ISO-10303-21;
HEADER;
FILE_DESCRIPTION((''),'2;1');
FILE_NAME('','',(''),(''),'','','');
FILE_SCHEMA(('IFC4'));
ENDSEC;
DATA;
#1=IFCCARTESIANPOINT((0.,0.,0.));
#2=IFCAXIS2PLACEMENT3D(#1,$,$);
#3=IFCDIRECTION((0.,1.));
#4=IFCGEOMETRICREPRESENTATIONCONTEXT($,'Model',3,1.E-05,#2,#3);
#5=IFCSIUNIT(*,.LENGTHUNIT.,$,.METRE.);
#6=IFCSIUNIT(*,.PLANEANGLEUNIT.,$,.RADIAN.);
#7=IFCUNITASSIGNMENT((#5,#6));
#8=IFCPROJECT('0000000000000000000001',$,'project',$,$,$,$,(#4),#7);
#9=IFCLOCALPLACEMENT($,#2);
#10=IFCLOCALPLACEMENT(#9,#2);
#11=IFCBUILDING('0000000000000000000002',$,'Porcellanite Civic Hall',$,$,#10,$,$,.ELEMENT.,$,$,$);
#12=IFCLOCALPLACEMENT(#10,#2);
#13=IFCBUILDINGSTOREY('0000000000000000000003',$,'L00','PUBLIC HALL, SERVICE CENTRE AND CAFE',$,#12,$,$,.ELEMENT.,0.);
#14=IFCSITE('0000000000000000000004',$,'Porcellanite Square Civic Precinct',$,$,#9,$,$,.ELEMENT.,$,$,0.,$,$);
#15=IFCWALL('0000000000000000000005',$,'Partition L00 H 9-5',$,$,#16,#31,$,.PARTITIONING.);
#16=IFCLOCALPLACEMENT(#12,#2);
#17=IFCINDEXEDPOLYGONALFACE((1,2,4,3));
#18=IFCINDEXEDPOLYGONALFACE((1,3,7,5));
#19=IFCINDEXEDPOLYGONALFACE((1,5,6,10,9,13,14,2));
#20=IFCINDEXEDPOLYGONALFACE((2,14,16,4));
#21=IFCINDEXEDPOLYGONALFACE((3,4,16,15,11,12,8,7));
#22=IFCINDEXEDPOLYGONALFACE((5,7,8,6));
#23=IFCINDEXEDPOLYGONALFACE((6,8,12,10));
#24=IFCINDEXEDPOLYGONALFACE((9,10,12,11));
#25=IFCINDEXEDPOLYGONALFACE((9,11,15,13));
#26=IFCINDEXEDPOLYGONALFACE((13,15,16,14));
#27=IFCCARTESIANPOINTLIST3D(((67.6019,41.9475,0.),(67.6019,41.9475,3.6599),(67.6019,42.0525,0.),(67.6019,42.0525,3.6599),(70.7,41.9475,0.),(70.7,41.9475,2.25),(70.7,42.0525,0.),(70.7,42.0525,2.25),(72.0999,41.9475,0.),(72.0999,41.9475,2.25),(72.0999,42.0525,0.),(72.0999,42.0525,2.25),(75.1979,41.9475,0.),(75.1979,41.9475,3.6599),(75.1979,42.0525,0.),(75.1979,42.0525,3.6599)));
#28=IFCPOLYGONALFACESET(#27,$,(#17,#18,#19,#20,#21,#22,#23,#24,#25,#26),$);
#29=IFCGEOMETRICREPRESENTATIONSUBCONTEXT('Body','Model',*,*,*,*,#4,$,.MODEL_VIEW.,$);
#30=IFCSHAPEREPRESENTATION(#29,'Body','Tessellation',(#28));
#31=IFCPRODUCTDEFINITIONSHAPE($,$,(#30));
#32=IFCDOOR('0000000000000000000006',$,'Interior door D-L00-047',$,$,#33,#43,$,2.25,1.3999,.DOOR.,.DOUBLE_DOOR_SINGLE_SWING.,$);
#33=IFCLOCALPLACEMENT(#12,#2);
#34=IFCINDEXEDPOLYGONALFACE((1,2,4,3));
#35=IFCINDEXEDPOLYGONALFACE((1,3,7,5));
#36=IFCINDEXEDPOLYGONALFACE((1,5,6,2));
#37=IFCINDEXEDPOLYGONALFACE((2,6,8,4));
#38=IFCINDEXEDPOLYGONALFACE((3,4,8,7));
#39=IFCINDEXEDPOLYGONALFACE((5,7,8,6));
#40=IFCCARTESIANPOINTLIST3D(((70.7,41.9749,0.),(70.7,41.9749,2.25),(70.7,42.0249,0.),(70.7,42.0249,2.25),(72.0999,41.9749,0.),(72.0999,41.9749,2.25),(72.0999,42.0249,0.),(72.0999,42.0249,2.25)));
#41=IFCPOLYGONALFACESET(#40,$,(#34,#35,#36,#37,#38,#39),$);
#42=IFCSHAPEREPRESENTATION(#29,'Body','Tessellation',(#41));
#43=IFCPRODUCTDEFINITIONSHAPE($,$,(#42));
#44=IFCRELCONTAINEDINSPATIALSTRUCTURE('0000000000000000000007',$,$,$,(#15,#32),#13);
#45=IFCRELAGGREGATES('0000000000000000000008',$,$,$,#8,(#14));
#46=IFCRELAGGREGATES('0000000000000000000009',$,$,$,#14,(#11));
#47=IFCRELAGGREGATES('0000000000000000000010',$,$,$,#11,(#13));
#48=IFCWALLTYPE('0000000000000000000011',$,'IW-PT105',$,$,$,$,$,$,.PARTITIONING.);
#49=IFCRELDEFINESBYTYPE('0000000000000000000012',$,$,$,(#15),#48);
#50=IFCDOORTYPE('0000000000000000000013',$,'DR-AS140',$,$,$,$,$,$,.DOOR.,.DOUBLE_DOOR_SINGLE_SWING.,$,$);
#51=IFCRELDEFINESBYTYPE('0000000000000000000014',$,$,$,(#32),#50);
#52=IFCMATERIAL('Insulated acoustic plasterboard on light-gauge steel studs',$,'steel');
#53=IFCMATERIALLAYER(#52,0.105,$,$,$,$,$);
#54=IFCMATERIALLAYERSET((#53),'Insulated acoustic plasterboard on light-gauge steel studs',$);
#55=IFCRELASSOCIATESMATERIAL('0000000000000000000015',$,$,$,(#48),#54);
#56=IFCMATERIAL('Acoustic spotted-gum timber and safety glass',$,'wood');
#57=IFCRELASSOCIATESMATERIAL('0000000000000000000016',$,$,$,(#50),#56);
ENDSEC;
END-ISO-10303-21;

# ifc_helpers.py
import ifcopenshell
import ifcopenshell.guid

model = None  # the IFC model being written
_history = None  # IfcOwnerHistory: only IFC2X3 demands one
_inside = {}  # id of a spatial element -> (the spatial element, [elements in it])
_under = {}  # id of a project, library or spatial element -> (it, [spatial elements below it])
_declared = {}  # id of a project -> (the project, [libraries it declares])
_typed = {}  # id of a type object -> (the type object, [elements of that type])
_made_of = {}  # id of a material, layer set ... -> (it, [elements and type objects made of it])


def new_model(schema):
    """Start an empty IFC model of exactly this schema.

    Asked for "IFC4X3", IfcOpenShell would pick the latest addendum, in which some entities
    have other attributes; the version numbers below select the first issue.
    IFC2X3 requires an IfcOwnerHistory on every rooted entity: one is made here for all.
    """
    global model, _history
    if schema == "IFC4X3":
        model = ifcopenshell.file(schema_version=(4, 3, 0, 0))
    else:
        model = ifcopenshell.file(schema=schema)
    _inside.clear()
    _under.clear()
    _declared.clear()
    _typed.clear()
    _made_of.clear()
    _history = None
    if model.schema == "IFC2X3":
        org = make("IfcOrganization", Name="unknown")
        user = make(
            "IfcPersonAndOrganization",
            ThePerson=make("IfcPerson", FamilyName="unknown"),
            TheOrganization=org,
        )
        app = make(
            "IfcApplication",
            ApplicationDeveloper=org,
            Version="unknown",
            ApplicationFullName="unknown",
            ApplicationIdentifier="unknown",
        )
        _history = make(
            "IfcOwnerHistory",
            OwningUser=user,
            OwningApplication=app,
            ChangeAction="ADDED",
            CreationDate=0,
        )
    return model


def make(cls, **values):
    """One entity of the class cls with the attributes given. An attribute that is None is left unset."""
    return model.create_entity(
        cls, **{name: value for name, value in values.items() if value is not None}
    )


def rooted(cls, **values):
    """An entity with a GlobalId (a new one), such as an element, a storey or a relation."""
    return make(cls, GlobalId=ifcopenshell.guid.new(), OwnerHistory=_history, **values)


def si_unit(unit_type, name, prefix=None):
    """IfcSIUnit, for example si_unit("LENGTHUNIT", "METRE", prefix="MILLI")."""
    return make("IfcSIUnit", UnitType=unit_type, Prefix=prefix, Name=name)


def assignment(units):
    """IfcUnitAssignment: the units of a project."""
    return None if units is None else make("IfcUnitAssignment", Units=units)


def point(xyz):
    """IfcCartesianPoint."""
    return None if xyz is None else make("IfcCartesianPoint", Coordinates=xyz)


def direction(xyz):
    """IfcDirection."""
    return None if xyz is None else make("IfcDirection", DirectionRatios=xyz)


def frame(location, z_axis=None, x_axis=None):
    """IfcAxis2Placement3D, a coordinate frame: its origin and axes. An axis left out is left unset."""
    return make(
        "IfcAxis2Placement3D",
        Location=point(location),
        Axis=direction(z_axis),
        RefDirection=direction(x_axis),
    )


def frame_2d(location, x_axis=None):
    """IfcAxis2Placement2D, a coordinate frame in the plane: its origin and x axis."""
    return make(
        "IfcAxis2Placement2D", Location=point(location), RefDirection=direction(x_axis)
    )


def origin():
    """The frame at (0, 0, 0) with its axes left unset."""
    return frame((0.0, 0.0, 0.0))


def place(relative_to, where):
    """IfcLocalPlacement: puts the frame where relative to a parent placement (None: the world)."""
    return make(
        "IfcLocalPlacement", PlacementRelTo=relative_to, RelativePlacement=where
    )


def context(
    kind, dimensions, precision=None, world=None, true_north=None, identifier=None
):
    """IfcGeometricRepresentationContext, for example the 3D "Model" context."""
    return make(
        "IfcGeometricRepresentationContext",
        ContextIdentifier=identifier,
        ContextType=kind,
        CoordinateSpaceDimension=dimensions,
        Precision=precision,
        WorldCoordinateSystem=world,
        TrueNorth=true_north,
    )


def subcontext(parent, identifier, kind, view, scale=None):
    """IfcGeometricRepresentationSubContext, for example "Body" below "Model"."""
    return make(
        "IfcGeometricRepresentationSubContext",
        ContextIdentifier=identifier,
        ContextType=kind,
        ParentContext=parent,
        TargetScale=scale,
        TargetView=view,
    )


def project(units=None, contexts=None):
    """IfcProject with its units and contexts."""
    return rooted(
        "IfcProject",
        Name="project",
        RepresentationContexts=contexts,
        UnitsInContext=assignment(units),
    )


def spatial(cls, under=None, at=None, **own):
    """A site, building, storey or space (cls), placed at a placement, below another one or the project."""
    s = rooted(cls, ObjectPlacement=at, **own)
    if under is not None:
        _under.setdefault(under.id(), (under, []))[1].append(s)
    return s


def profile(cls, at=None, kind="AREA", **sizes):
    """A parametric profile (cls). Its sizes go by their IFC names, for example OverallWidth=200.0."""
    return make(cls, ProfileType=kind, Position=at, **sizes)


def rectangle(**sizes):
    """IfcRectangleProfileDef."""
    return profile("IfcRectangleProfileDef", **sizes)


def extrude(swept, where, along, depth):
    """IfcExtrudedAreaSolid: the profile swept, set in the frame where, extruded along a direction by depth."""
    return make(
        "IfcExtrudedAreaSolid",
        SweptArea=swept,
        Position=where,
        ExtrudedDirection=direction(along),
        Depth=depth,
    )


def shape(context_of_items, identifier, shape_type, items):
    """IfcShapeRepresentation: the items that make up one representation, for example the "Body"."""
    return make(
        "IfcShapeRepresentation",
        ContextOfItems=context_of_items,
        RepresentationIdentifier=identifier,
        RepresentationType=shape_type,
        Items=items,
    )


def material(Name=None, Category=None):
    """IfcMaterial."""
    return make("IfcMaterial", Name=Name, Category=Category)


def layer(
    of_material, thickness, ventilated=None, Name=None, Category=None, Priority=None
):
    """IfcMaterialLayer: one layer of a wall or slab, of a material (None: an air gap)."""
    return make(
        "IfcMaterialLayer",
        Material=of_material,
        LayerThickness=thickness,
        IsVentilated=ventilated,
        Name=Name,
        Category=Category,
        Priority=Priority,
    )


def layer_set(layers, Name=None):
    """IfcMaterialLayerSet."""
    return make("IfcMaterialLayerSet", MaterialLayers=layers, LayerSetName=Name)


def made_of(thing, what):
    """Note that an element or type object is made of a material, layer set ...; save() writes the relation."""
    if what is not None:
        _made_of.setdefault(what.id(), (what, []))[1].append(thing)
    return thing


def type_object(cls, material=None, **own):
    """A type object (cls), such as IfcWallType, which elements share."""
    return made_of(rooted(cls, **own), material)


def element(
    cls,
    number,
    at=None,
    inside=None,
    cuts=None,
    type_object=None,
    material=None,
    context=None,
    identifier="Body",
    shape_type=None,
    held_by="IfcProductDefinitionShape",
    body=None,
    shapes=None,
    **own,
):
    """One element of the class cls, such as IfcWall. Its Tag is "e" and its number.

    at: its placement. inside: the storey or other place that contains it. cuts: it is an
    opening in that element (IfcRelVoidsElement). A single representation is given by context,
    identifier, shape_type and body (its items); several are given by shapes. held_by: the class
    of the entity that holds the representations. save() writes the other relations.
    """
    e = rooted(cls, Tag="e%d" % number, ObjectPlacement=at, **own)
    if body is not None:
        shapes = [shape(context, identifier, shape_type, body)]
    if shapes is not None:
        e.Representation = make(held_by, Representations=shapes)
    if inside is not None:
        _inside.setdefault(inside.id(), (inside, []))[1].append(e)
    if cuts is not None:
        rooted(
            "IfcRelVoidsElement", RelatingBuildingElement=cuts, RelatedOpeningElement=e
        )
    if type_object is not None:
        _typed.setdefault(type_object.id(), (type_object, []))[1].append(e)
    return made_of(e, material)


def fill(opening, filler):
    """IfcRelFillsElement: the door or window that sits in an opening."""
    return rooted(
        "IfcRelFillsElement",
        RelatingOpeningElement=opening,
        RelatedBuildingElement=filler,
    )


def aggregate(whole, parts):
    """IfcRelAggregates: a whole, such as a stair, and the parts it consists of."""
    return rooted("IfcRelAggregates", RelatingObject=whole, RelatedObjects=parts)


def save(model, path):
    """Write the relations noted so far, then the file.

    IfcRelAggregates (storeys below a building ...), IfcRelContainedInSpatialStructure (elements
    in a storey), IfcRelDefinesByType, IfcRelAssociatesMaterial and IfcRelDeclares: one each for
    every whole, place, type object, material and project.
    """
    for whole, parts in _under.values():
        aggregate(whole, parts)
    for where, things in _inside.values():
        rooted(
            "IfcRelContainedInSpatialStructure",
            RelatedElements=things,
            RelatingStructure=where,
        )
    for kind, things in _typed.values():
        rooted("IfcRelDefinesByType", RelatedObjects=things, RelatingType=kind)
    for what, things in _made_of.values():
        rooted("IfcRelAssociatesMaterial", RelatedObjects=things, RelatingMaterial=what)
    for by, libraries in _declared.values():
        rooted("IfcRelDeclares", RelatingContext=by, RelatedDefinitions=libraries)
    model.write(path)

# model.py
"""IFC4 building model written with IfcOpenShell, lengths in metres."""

from ifc_helpers import new_model, si_unit, direction, frame, frame_2d, origin, place, context, subcontext, project, spatial, rectangle, extrude, material, layer, layer_set, type_object, element, fill, save


model = new_model("IFC4")

# Units and contexts
model_context = context("Model", 3, precision=1e-05, world=origin(), true_north=direction((0.0, 1.0)))
body_context = subcontext(model_context, "Body", "Model", "MODEL_VIEW")
ifc_project = project(units=[si_unit("LENGTHUNIT", "METRE"), si_unit("PLANEANGLEUNIT", "RADIAN")], contexts=[model_context])

# Site, building, storey
site_placement = place(None, origin())
site = spatial("IfcSite", under=ifc_project, at=site_placement, Name="Porcellanite Square Civic Precinct", CompositionType="ELEMENT", RefElevation=0.0)
building_placement = place(site_placement, origin())
building = spatial("IfcBuilding", under=site, at=building_placement, Name="Porcellanite Civic Hall", CompositionType="ELEMENT")
storey_placement = place(building_placement, origin())
storey = spatial("IfcBuildingStorey", under=building, at=storey_placement, Name="L00", Description="PUBLIC HALL, SERVICE CENTRE AND CAFE", CompositionType="ELEMENT", Elevation=0.0)

# Wall, opening, door
ifc_material_1 = material(Name="Insulated acoustic plasterboard on light-gauge steel studs", Category="steel")
ifc_layer_1 = layer(ifc_material_1, 0.105)
ifc_layer_set_1 = layer_set([ifc_layer_1], Name="Insulated acoustic plasterboard on light-gauge steel studs")
wall_type_1 = type_object("IfcWallType", Name="IW-PT105", PredefinedType="PARTITIONING", material=ifc_layer_set_1)
wall_1_placement = place(storey_placement, frame((67.6021, 42.0, 0.0), z_axis=(0.0, 0.0, 1.0), x_axis=(1.0, 0.0, 0.0)))
wall_1 = element("IfcWall", 1, at=wall_1_placement, inside=storey, type_object=wall_type_1, Name="Partition L00 H 9-5", PredefinedType="PARTITIONING", context=body_context, shape_type="SweptSolid", body=[
    extrude(rectangle(XDim=7.5959, YDim=0.105, at=frame_2d((3.7979, 0.0))), origin(), (0.0, 0.0, 1.0), 3.6599),
])
opening_1_placement = place(wall_1_placement, frame((3.0979, 0.0, 0.0)))
opening_1 = element("IfcOpeningElement", 2, at=opening_1_placement, cuts=wall_1, PredefinedType="OPENING", context=body_context, shape_type="SweptSolid", body=[
    extrude(rectangle(XDim=1.3999, YDim=2.25, at=frame_2d((0.7, 1.125))), frame((0.0, 0.0525, 0.0), z_axis=(0.0, -1.0, 0.0), x_axis=(1.0, 0.0, 0.0)), (0.0, 0.0, 1.0), 0.105),
])
ifc_material_2 = material(Name="Acoustic spotted-gum timber and safety glass", Category="wood")
door_type_1 = type_object("IfcDoorType", Name="DR-AS140", OperationType="DOUBLE_DOOR_SINGLE_SWING", PredefinedType="DOOR", material=ifc_material_2)
door_1_placement = place(opening_1_placement, origin())
door_1 = element("IfcDoor", 3, at=door_1_placement, inside=storey, type_object=door_type_1, Name="Interior door D-L00-047", OperationType="DOUBLE_DOOR_SINGLE_SWING", OverallHeight=2.25, OverallWidth=1.3999, PredefinedType="DOOR", context=body_context, shape_type="SweptSolid", body=[
    extrude(rectangle(XDim=1.3999, YDim=2.25, at=frame_2d((0.7, 1.125))), frame((0.0, 0.0249, 0.0), z_axis=(0.0, -1.0, 0.0), x_axis=(1.0, 0.0, 0.0)), (0.0, 0.0, 1.0), 0.05),
])
fill(opening_1, door_1)

save(model, "model.ifc")
